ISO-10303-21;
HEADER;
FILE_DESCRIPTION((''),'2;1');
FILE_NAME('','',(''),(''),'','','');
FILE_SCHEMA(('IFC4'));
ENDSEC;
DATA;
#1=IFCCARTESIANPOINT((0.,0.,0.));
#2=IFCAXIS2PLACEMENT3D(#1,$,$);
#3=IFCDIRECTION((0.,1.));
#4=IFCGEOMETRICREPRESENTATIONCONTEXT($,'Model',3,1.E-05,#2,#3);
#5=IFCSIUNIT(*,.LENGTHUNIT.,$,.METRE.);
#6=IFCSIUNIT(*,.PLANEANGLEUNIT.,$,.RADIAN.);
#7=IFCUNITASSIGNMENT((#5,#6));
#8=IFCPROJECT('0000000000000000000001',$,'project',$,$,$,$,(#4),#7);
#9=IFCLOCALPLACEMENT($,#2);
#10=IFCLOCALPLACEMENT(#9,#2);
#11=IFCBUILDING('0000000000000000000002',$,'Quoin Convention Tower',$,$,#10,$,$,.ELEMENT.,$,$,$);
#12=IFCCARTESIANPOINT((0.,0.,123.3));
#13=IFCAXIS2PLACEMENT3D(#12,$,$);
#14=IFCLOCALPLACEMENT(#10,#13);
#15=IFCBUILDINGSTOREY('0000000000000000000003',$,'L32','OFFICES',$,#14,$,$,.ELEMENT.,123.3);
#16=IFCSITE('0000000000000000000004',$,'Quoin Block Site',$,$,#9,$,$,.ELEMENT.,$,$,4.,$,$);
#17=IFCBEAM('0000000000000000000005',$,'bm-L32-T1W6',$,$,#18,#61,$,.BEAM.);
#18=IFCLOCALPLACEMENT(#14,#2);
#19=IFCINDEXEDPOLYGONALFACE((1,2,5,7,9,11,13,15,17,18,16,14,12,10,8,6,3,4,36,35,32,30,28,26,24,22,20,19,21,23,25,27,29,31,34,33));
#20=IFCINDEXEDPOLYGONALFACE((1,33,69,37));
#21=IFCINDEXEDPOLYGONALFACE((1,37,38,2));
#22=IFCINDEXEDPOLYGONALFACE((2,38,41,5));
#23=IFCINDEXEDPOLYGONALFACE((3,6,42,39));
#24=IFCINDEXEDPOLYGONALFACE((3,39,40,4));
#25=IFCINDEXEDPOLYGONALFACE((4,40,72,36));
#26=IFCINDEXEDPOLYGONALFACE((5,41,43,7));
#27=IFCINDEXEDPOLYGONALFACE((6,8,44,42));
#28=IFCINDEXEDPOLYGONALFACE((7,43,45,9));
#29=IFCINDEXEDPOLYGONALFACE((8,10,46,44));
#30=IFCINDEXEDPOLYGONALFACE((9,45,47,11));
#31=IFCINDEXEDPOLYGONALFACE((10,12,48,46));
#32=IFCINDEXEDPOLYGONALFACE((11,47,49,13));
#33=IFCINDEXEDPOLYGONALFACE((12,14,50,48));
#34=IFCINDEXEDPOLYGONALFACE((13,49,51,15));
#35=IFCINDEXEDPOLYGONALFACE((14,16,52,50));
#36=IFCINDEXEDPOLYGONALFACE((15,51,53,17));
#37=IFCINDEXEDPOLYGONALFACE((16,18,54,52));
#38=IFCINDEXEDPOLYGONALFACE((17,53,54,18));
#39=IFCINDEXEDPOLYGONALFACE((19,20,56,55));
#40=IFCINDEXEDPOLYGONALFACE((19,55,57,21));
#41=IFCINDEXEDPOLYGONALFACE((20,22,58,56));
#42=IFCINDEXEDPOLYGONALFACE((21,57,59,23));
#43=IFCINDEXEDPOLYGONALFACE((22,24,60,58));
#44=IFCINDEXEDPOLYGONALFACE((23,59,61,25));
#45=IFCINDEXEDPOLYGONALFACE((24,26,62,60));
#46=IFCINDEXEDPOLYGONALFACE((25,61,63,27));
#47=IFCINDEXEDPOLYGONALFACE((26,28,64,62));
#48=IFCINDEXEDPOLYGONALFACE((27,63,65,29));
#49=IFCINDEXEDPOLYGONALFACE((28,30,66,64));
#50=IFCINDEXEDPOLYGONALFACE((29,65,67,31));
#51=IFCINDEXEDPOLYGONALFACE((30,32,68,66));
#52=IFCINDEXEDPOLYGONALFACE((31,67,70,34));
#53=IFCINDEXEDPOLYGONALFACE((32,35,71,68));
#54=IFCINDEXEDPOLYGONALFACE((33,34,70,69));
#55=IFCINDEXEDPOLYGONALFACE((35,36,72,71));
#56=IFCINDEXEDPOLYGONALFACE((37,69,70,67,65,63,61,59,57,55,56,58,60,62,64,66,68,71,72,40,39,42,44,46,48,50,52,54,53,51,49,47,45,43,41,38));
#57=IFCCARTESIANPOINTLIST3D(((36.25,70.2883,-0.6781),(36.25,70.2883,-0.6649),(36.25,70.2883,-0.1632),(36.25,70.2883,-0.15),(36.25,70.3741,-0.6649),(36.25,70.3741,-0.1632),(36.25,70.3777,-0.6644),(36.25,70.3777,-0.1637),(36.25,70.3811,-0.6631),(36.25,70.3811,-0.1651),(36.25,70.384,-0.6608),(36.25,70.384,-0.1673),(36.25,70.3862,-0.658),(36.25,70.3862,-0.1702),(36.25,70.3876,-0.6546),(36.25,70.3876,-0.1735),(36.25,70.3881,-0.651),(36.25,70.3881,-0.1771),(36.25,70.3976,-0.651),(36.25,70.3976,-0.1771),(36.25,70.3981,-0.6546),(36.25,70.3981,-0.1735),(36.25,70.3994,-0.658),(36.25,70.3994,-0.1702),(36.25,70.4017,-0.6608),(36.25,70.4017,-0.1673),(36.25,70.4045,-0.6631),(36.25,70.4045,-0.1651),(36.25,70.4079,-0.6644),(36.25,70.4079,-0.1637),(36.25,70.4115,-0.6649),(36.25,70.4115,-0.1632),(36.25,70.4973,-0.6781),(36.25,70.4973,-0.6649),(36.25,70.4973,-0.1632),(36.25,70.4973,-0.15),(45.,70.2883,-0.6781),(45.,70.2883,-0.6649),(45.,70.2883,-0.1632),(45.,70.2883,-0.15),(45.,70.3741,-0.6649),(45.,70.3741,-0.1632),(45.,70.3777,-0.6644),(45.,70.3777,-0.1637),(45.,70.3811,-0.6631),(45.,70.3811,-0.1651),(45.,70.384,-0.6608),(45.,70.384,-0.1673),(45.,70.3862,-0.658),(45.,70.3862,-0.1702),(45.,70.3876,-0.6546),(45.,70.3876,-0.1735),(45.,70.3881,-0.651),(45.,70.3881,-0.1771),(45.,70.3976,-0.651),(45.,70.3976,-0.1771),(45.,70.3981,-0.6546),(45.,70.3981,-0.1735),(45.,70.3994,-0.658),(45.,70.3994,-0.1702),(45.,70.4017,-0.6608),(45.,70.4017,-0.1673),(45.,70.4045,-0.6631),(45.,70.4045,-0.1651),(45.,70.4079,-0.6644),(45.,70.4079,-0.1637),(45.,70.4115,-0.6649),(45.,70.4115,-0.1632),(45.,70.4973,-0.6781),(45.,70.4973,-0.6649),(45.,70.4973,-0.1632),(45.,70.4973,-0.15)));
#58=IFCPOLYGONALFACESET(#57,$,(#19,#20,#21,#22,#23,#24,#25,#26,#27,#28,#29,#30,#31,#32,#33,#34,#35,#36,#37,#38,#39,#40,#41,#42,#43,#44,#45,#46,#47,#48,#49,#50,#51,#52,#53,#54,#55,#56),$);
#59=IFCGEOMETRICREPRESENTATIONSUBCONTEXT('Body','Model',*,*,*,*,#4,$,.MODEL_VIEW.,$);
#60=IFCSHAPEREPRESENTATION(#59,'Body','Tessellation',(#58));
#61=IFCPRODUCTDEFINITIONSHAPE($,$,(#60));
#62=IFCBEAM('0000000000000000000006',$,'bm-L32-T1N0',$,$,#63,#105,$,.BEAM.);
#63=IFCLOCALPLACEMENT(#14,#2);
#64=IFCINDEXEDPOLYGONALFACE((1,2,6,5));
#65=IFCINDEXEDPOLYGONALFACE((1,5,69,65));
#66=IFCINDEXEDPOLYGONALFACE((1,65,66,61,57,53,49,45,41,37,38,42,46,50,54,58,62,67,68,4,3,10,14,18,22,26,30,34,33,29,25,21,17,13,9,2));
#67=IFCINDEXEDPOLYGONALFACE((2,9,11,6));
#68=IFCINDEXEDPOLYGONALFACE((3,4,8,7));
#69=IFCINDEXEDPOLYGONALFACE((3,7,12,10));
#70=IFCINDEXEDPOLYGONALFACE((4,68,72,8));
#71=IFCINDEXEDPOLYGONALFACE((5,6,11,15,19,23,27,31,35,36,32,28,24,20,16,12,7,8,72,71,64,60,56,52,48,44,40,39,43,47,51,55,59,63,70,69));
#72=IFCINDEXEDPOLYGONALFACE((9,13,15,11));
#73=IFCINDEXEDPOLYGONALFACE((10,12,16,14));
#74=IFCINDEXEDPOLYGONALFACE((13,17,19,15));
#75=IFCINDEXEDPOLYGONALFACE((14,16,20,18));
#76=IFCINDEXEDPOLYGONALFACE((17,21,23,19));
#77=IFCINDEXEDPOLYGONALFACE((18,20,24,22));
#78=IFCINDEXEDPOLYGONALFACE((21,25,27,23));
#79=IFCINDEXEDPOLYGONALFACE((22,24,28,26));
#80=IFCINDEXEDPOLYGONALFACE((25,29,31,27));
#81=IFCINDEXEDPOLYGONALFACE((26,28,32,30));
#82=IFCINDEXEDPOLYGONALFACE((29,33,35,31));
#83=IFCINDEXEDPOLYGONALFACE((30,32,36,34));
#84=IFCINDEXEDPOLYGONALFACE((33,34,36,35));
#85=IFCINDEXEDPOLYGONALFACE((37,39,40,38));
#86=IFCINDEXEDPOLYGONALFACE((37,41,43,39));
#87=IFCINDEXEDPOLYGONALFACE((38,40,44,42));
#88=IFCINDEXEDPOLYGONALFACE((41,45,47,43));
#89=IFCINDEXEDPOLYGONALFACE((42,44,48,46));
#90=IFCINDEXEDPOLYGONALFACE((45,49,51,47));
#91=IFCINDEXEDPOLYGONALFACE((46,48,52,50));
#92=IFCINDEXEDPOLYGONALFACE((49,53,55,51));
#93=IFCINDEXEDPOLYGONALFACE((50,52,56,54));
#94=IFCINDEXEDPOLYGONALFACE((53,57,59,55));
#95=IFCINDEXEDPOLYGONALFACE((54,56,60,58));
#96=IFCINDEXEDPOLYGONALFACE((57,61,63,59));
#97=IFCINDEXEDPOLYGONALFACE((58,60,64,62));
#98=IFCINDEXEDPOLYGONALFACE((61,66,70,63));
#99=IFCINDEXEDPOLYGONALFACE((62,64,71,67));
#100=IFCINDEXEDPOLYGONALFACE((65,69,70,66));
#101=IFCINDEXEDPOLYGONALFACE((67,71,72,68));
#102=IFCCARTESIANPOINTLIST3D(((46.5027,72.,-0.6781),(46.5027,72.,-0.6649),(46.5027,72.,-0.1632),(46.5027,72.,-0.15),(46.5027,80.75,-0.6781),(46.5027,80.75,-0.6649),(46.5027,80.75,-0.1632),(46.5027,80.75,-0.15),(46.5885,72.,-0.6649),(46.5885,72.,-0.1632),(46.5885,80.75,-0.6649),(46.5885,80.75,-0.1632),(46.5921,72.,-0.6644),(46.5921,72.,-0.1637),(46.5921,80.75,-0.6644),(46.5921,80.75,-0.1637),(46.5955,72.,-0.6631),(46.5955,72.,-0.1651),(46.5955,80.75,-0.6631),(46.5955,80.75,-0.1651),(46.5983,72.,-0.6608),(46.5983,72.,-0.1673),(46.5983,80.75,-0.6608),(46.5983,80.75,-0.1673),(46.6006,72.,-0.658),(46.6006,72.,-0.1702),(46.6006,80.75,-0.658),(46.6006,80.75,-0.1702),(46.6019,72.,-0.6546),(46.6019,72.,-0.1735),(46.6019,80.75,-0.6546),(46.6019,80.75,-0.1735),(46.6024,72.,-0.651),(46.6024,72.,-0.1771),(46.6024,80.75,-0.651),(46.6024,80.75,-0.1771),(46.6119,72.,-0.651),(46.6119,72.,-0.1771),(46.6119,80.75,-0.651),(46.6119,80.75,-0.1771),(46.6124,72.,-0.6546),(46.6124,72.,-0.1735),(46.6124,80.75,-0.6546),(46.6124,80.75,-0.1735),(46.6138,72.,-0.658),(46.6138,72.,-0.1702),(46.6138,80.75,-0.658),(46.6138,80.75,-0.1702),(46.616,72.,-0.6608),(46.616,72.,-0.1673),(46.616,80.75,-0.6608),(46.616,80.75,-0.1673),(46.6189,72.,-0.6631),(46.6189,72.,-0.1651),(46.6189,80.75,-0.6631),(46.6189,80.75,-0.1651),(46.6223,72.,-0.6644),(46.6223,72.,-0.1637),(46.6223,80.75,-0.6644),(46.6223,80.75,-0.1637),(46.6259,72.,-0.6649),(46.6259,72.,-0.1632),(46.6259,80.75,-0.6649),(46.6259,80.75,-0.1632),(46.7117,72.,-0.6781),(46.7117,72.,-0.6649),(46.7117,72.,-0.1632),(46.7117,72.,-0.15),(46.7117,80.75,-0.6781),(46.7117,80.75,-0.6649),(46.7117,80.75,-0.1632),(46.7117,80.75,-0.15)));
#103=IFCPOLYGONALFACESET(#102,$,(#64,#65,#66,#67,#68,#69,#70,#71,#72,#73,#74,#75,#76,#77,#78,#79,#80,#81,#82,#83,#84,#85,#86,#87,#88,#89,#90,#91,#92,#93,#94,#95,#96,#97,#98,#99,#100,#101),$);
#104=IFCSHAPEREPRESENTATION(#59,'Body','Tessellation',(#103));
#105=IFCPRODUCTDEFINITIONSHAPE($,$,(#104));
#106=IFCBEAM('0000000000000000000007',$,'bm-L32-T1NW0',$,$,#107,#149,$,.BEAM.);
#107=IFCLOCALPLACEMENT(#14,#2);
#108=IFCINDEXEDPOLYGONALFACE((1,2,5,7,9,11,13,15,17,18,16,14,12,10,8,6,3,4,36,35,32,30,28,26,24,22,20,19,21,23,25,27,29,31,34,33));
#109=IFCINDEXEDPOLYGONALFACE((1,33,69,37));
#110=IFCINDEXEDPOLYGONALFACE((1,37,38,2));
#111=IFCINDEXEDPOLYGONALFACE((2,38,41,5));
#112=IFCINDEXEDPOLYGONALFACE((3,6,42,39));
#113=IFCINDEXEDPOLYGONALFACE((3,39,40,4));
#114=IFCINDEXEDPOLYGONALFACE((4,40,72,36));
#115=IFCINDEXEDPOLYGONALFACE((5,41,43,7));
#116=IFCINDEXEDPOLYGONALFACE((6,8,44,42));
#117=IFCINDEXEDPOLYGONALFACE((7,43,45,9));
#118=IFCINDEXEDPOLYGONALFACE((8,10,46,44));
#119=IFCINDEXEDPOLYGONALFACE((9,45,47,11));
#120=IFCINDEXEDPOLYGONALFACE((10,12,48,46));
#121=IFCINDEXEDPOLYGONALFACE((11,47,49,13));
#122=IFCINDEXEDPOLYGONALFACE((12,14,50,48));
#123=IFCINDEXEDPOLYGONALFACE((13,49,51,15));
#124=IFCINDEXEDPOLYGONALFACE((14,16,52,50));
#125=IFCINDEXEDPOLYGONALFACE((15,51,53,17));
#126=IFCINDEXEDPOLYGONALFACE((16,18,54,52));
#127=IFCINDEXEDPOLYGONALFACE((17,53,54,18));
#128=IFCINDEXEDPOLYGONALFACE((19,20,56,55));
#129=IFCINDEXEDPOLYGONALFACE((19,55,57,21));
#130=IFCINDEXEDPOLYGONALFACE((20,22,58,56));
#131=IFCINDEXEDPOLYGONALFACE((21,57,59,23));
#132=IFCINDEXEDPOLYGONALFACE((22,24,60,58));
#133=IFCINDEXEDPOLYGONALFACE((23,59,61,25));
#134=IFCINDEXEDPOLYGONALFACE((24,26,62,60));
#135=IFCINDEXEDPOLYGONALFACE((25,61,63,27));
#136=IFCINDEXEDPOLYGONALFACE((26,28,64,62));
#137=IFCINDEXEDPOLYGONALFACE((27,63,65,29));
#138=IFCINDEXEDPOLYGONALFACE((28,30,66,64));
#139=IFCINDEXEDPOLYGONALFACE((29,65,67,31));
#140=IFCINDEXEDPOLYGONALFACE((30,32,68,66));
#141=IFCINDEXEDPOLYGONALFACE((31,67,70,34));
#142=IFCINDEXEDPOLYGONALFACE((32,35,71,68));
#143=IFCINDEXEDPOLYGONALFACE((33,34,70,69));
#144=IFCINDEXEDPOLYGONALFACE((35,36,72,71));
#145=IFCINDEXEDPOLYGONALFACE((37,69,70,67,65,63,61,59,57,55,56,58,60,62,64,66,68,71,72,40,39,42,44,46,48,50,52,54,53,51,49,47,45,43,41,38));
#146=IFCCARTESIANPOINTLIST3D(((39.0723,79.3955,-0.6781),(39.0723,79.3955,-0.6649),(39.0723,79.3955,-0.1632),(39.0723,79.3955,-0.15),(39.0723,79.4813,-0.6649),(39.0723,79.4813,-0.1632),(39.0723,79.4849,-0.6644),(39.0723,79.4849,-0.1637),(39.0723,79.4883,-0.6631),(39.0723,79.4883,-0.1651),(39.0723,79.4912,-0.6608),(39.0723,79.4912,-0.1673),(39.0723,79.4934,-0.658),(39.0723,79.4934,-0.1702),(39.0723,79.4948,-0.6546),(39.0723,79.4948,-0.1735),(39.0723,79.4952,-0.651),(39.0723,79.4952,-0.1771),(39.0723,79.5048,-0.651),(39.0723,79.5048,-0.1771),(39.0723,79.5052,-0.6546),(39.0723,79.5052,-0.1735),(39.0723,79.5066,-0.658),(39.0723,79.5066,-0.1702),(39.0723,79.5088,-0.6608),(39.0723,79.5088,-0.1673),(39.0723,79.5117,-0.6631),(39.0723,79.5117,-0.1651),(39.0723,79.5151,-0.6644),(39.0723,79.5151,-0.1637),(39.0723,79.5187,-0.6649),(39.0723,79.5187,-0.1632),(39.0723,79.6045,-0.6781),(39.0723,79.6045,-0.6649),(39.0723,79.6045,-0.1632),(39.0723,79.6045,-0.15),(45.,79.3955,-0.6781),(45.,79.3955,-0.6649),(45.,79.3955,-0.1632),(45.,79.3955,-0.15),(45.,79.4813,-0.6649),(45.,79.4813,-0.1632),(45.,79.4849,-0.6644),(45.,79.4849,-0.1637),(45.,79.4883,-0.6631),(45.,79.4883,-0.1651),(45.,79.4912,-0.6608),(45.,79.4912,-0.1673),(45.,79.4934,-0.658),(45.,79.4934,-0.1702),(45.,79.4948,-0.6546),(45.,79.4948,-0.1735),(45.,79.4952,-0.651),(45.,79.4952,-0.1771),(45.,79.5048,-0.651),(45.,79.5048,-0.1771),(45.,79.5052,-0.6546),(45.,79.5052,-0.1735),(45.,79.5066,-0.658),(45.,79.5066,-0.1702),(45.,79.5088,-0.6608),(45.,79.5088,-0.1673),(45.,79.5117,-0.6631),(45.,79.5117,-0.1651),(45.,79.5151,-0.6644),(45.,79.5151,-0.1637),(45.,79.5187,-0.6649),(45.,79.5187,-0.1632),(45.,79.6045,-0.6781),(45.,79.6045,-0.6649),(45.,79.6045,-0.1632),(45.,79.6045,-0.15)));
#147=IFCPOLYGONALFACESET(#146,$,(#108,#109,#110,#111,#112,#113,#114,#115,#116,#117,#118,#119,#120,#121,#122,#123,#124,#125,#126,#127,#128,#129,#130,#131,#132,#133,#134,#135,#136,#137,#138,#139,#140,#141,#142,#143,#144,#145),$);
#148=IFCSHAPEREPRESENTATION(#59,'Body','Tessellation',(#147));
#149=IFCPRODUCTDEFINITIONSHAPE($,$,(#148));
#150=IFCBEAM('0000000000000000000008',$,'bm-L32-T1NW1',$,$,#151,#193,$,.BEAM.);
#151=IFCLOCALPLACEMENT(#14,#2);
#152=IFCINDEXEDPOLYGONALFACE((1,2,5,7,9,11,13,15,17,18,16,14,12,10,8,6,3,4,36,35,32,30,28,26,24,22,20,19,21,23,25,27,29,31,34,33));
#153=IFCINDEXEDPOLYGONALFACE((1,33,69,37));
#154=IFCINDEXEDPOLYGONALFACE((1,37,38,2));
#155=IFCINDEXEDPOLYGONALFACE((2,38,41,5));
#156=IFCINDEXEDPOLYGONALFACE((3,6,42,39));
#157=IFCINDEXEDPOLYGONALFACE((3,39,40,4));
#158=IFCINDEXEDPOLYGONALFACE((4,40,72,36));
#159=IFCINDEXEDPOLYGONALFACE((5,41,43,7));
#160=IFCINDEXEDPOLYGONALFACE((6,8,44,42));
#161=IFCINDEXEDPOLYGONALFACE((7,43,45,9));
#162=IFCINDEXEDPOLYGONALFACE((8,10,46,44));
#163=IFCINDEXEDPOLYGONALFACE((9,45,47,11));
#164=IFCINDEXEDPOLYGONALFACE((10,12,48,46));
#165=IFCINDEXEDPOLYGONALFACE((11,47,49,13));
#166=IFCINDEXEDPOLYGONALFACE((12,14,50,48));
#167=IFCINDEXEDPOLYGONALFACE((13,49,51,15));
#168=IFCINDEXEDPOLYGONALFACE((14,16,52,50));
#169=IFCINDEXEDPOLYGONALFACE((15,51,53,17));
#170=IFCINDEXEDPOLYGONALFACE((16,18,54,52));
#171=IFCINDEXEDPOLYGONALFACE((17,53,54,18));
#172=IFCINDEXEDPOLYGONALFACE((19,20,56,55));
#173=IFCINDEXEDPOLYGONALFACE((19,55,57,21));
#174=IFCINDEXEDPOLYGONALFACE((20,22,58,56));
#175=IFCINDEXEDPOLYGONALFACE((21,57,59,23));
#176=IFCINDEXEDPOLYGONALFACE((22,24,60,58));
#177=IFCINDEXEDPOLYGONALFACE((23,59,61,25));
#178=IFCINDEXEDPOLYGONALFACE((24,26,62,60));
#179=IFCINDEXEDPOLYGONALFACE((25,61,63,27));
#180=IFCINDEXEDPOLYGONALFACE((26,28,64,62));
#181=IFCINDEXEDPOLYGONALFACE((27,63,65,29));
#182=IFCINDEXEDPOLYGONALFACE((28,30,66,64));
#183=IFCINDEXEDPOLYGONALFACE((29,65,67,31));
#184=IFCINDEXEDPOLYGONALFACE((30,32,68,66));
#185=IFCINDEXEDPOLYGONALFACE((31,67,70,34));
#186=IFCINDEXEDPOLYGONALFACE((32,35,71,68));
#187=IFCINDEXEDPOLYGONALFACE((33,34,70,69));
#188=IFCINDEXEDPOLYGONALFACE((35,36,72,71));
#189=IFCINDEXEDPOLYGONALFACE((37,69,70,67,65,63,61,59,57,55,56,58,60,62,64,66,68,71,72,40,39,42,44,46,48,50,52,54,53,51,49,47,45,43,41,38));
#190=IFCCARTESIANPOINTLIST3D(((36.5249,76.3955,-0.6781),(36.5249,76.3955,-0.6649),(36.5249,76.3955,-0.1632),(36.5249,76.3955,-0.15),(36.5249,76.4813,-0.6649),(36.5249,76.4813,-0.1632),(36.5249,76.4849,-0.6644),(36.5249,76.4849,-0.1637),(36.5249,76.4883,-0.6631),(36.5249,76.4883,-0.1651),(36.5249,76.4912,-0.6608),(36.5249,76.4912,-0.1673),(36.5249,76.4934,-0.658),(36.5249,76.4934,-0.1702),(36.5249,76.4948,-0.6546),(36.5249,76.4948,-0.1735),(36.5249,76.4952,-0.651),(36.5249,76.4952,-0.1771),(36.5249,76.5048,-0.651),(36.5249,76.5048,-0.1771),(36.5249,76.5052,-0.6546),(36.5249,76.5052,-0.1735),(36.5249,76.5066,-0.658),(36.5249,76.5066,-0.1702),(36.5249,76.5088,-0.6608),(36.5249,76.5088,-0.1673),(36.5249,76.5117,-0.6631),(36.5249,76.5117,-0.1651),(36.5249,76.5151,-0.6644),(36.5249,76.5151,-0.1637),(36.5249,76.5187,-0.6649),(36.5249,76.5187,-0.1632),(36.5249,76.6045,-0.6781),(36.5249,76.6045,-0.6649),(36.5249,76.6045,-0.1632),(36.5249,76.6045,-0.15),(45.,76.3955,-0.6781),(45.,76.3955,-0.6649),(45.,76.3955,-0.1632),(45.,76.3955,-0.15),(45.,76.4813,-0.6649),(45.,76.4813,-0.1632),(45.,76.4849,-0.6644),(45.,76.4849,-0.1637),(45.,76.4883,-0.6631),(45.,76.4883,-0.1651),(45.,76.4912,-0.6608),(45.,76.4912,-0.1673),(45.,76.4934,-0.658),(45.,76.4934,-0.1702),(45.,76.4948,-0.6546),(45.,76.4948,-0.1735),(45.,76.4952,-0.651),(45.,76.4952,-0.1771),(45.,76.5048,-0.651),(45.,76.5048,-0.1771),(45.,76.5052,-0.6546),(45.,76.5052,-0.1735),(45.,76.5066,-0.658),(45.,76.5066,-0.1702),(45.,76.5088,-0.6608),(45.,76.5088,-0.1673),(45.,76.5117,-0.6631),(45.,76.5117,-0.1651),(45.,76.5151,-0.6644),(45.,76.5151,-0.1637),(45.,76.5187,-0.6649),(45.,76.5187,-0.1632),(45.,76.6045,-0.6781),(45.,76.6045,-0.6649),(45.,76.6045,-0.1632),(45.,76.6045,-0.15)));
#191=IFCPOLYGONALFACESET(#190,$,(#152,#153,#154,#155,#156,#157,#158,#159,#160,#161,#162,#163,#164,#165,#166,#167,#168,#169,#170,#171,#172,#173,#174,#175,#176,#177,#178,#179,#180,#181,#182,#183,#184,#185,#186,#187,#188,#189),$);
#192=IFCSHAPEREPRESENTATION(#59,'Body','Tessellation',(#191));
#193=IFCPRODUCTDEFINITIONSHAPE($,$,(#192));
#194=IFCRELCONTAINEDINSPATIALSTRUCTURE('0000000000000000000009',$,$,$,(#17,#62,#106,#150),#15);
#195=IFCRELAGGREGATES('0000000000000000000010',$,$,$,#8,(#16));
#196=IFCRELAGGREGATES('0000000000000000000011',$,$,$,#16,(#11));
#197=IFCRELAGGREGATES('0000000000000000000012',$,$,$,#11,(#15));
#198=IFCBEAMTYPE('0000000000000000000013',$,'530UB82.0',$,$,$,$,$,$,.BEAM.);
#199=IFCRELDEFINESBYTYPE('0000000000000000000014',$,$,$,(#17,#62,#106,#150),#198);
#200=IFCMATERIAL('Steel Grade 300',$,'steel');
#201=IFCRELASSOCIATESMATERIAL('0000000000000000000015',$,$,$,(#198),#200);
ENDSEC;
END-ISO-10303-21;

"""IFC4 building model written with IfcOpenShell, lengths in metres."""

from ifc_helpers import new_model, si_unit, direction, frame, origin, origin_2d, place, context, subcontext, project, spatial, i_section, extrude, material, material_profile, profile_set, type_object, element, save


model = new_model("IFC4")

# Units and contexts
model_context = context("Model", 3, precision=1e-05, world=origin(), true_north=direction((0.0, 1.0)))
body_context = subcontext(model_context, "Body", "Model", "MODEL_VIEW")
ifc_project = project(units=[si_unit("LENGTHUNIT", "METRE"), si_unit("PLANEANGLEUNIT", "RADIAN")], contexts=[model_context])

# Site, building, storey
site_placement = place(None, origin())
site = spatial("IfcSite", under=ifc_project, at=site_placement, Name="Quoin Block Site", CompositionType="ELEMENT", RefElevation=4.0)
building_placement = place(site_placement, origin())
building = spatial("IfcBuilding", under=site, at=building_placement, Name="Quoin Convention Tower", CompositionType="ELEMENT")
storey_placement = place(building_placement, frame((0.0, 0.0, 123.3)))
storey = spatial("IfcBuildingStorey", under=building, at=storey_placement, Name="L32", Description="OFFICES", CompositionType="ELEMENT", Elevation=123.3)

# Beams
ifc_material_1 = material(Name="Steel Grade 300", Category="steel")
ifc_material_profile_1 = material_profile(ifc_material_1, i_section(OverallWidth=0.209, OverallDepth=0.5281, WebThickness=0.0095, FlangeThickness=0.0132, FilletRadius=0.0139, at=origin_2d()), Name="530UB82.0")
ifc_profile_set_1 = profile_set([ifc_material_profile_1], Name="Steel Grade 300")
beam_type_1 = type_object("IfcBeamType", Name="530UB82.0", PredefinedType="BEAM", material=ifc_profile_set_1)
for number, where, z_axis, x_axis, name in (
    (1, (36.25, 70.3928, -0.4141), (1.0, 0.0, 0.0), (0.0, 1.0, 0.0), "bm-L32-T1W6"),
    (2, (46.6072, 72.0, -0.4141), (0.0, 1.0, 0.0), (-1.0, 0.0, 0.0), "bm-L32-T1N0"),
):
    element("IfcBeam", number, at=place(storey_placement, frame(where, z_axis=z_axis, x_axis=x_axis)), inside=storey, type_object=beam_type_1, Name=name, PredefinedType="BEAM", context=body_context, shape_type="SweptSolid", body=[
        extrude(i_section(OverallWidth=0.209, OverallDepth=0.5281, WebThickness=0.0095, FlangeThickness=0.0132, FilletRadius=0.0139, at=origin_2d()), origin(), (0.0, 0.0, 1.0), 8.75),
    ])
beam_1_placement = place(storey_placement, frame((39.0723, 79.5, -0.4141), z_axis=(1.0, 0.0, 0.0), x_axis=(0.0, 1.0, 0.0)))
element("IfcBeam", 3, at=beam_1_placement, inside=storey, type_object=beam_type_1, Name="bm-L32-T1NW0", PredefinedType="BEAM", context=body_context, shape_type="SweptSolid", body=[
    extrude(i_section(OverallWidth=0.209, OverallDepth=0.5281, WebThickness=0.0095, FlangeThickness=0.0132, FilletRadius=0.0139, at=origin_2d()), origin(), (0.0, 0.0, 1.0), 5.9277),
])
beam_2_placement = place(storey_placement, frame((36.5249, 76.5, -0.4141), z_axis=(1.0, 0.0, 0.0), x_axis=(0.0, 1.0, 0.0)))
element("IfcBeam", 4, at=beam_2_placement, inside=storey, type_object=beam_type_1, Name="bm-L32-T1NW1", PredefinedType="BEAM", context=body_context, shape_type="SweptSolid", body=[
    extrude(i_section(OverallWidth=0.209, OverallDepth=0.5281, WebThickness=0.0095, FlangeThickness=0.0132, FilletRadius=0.0139, at=origin_2d()), origin(), (0.0, 0.0, 1.0), 8.4751),
])

save(model, "model.ifc")
